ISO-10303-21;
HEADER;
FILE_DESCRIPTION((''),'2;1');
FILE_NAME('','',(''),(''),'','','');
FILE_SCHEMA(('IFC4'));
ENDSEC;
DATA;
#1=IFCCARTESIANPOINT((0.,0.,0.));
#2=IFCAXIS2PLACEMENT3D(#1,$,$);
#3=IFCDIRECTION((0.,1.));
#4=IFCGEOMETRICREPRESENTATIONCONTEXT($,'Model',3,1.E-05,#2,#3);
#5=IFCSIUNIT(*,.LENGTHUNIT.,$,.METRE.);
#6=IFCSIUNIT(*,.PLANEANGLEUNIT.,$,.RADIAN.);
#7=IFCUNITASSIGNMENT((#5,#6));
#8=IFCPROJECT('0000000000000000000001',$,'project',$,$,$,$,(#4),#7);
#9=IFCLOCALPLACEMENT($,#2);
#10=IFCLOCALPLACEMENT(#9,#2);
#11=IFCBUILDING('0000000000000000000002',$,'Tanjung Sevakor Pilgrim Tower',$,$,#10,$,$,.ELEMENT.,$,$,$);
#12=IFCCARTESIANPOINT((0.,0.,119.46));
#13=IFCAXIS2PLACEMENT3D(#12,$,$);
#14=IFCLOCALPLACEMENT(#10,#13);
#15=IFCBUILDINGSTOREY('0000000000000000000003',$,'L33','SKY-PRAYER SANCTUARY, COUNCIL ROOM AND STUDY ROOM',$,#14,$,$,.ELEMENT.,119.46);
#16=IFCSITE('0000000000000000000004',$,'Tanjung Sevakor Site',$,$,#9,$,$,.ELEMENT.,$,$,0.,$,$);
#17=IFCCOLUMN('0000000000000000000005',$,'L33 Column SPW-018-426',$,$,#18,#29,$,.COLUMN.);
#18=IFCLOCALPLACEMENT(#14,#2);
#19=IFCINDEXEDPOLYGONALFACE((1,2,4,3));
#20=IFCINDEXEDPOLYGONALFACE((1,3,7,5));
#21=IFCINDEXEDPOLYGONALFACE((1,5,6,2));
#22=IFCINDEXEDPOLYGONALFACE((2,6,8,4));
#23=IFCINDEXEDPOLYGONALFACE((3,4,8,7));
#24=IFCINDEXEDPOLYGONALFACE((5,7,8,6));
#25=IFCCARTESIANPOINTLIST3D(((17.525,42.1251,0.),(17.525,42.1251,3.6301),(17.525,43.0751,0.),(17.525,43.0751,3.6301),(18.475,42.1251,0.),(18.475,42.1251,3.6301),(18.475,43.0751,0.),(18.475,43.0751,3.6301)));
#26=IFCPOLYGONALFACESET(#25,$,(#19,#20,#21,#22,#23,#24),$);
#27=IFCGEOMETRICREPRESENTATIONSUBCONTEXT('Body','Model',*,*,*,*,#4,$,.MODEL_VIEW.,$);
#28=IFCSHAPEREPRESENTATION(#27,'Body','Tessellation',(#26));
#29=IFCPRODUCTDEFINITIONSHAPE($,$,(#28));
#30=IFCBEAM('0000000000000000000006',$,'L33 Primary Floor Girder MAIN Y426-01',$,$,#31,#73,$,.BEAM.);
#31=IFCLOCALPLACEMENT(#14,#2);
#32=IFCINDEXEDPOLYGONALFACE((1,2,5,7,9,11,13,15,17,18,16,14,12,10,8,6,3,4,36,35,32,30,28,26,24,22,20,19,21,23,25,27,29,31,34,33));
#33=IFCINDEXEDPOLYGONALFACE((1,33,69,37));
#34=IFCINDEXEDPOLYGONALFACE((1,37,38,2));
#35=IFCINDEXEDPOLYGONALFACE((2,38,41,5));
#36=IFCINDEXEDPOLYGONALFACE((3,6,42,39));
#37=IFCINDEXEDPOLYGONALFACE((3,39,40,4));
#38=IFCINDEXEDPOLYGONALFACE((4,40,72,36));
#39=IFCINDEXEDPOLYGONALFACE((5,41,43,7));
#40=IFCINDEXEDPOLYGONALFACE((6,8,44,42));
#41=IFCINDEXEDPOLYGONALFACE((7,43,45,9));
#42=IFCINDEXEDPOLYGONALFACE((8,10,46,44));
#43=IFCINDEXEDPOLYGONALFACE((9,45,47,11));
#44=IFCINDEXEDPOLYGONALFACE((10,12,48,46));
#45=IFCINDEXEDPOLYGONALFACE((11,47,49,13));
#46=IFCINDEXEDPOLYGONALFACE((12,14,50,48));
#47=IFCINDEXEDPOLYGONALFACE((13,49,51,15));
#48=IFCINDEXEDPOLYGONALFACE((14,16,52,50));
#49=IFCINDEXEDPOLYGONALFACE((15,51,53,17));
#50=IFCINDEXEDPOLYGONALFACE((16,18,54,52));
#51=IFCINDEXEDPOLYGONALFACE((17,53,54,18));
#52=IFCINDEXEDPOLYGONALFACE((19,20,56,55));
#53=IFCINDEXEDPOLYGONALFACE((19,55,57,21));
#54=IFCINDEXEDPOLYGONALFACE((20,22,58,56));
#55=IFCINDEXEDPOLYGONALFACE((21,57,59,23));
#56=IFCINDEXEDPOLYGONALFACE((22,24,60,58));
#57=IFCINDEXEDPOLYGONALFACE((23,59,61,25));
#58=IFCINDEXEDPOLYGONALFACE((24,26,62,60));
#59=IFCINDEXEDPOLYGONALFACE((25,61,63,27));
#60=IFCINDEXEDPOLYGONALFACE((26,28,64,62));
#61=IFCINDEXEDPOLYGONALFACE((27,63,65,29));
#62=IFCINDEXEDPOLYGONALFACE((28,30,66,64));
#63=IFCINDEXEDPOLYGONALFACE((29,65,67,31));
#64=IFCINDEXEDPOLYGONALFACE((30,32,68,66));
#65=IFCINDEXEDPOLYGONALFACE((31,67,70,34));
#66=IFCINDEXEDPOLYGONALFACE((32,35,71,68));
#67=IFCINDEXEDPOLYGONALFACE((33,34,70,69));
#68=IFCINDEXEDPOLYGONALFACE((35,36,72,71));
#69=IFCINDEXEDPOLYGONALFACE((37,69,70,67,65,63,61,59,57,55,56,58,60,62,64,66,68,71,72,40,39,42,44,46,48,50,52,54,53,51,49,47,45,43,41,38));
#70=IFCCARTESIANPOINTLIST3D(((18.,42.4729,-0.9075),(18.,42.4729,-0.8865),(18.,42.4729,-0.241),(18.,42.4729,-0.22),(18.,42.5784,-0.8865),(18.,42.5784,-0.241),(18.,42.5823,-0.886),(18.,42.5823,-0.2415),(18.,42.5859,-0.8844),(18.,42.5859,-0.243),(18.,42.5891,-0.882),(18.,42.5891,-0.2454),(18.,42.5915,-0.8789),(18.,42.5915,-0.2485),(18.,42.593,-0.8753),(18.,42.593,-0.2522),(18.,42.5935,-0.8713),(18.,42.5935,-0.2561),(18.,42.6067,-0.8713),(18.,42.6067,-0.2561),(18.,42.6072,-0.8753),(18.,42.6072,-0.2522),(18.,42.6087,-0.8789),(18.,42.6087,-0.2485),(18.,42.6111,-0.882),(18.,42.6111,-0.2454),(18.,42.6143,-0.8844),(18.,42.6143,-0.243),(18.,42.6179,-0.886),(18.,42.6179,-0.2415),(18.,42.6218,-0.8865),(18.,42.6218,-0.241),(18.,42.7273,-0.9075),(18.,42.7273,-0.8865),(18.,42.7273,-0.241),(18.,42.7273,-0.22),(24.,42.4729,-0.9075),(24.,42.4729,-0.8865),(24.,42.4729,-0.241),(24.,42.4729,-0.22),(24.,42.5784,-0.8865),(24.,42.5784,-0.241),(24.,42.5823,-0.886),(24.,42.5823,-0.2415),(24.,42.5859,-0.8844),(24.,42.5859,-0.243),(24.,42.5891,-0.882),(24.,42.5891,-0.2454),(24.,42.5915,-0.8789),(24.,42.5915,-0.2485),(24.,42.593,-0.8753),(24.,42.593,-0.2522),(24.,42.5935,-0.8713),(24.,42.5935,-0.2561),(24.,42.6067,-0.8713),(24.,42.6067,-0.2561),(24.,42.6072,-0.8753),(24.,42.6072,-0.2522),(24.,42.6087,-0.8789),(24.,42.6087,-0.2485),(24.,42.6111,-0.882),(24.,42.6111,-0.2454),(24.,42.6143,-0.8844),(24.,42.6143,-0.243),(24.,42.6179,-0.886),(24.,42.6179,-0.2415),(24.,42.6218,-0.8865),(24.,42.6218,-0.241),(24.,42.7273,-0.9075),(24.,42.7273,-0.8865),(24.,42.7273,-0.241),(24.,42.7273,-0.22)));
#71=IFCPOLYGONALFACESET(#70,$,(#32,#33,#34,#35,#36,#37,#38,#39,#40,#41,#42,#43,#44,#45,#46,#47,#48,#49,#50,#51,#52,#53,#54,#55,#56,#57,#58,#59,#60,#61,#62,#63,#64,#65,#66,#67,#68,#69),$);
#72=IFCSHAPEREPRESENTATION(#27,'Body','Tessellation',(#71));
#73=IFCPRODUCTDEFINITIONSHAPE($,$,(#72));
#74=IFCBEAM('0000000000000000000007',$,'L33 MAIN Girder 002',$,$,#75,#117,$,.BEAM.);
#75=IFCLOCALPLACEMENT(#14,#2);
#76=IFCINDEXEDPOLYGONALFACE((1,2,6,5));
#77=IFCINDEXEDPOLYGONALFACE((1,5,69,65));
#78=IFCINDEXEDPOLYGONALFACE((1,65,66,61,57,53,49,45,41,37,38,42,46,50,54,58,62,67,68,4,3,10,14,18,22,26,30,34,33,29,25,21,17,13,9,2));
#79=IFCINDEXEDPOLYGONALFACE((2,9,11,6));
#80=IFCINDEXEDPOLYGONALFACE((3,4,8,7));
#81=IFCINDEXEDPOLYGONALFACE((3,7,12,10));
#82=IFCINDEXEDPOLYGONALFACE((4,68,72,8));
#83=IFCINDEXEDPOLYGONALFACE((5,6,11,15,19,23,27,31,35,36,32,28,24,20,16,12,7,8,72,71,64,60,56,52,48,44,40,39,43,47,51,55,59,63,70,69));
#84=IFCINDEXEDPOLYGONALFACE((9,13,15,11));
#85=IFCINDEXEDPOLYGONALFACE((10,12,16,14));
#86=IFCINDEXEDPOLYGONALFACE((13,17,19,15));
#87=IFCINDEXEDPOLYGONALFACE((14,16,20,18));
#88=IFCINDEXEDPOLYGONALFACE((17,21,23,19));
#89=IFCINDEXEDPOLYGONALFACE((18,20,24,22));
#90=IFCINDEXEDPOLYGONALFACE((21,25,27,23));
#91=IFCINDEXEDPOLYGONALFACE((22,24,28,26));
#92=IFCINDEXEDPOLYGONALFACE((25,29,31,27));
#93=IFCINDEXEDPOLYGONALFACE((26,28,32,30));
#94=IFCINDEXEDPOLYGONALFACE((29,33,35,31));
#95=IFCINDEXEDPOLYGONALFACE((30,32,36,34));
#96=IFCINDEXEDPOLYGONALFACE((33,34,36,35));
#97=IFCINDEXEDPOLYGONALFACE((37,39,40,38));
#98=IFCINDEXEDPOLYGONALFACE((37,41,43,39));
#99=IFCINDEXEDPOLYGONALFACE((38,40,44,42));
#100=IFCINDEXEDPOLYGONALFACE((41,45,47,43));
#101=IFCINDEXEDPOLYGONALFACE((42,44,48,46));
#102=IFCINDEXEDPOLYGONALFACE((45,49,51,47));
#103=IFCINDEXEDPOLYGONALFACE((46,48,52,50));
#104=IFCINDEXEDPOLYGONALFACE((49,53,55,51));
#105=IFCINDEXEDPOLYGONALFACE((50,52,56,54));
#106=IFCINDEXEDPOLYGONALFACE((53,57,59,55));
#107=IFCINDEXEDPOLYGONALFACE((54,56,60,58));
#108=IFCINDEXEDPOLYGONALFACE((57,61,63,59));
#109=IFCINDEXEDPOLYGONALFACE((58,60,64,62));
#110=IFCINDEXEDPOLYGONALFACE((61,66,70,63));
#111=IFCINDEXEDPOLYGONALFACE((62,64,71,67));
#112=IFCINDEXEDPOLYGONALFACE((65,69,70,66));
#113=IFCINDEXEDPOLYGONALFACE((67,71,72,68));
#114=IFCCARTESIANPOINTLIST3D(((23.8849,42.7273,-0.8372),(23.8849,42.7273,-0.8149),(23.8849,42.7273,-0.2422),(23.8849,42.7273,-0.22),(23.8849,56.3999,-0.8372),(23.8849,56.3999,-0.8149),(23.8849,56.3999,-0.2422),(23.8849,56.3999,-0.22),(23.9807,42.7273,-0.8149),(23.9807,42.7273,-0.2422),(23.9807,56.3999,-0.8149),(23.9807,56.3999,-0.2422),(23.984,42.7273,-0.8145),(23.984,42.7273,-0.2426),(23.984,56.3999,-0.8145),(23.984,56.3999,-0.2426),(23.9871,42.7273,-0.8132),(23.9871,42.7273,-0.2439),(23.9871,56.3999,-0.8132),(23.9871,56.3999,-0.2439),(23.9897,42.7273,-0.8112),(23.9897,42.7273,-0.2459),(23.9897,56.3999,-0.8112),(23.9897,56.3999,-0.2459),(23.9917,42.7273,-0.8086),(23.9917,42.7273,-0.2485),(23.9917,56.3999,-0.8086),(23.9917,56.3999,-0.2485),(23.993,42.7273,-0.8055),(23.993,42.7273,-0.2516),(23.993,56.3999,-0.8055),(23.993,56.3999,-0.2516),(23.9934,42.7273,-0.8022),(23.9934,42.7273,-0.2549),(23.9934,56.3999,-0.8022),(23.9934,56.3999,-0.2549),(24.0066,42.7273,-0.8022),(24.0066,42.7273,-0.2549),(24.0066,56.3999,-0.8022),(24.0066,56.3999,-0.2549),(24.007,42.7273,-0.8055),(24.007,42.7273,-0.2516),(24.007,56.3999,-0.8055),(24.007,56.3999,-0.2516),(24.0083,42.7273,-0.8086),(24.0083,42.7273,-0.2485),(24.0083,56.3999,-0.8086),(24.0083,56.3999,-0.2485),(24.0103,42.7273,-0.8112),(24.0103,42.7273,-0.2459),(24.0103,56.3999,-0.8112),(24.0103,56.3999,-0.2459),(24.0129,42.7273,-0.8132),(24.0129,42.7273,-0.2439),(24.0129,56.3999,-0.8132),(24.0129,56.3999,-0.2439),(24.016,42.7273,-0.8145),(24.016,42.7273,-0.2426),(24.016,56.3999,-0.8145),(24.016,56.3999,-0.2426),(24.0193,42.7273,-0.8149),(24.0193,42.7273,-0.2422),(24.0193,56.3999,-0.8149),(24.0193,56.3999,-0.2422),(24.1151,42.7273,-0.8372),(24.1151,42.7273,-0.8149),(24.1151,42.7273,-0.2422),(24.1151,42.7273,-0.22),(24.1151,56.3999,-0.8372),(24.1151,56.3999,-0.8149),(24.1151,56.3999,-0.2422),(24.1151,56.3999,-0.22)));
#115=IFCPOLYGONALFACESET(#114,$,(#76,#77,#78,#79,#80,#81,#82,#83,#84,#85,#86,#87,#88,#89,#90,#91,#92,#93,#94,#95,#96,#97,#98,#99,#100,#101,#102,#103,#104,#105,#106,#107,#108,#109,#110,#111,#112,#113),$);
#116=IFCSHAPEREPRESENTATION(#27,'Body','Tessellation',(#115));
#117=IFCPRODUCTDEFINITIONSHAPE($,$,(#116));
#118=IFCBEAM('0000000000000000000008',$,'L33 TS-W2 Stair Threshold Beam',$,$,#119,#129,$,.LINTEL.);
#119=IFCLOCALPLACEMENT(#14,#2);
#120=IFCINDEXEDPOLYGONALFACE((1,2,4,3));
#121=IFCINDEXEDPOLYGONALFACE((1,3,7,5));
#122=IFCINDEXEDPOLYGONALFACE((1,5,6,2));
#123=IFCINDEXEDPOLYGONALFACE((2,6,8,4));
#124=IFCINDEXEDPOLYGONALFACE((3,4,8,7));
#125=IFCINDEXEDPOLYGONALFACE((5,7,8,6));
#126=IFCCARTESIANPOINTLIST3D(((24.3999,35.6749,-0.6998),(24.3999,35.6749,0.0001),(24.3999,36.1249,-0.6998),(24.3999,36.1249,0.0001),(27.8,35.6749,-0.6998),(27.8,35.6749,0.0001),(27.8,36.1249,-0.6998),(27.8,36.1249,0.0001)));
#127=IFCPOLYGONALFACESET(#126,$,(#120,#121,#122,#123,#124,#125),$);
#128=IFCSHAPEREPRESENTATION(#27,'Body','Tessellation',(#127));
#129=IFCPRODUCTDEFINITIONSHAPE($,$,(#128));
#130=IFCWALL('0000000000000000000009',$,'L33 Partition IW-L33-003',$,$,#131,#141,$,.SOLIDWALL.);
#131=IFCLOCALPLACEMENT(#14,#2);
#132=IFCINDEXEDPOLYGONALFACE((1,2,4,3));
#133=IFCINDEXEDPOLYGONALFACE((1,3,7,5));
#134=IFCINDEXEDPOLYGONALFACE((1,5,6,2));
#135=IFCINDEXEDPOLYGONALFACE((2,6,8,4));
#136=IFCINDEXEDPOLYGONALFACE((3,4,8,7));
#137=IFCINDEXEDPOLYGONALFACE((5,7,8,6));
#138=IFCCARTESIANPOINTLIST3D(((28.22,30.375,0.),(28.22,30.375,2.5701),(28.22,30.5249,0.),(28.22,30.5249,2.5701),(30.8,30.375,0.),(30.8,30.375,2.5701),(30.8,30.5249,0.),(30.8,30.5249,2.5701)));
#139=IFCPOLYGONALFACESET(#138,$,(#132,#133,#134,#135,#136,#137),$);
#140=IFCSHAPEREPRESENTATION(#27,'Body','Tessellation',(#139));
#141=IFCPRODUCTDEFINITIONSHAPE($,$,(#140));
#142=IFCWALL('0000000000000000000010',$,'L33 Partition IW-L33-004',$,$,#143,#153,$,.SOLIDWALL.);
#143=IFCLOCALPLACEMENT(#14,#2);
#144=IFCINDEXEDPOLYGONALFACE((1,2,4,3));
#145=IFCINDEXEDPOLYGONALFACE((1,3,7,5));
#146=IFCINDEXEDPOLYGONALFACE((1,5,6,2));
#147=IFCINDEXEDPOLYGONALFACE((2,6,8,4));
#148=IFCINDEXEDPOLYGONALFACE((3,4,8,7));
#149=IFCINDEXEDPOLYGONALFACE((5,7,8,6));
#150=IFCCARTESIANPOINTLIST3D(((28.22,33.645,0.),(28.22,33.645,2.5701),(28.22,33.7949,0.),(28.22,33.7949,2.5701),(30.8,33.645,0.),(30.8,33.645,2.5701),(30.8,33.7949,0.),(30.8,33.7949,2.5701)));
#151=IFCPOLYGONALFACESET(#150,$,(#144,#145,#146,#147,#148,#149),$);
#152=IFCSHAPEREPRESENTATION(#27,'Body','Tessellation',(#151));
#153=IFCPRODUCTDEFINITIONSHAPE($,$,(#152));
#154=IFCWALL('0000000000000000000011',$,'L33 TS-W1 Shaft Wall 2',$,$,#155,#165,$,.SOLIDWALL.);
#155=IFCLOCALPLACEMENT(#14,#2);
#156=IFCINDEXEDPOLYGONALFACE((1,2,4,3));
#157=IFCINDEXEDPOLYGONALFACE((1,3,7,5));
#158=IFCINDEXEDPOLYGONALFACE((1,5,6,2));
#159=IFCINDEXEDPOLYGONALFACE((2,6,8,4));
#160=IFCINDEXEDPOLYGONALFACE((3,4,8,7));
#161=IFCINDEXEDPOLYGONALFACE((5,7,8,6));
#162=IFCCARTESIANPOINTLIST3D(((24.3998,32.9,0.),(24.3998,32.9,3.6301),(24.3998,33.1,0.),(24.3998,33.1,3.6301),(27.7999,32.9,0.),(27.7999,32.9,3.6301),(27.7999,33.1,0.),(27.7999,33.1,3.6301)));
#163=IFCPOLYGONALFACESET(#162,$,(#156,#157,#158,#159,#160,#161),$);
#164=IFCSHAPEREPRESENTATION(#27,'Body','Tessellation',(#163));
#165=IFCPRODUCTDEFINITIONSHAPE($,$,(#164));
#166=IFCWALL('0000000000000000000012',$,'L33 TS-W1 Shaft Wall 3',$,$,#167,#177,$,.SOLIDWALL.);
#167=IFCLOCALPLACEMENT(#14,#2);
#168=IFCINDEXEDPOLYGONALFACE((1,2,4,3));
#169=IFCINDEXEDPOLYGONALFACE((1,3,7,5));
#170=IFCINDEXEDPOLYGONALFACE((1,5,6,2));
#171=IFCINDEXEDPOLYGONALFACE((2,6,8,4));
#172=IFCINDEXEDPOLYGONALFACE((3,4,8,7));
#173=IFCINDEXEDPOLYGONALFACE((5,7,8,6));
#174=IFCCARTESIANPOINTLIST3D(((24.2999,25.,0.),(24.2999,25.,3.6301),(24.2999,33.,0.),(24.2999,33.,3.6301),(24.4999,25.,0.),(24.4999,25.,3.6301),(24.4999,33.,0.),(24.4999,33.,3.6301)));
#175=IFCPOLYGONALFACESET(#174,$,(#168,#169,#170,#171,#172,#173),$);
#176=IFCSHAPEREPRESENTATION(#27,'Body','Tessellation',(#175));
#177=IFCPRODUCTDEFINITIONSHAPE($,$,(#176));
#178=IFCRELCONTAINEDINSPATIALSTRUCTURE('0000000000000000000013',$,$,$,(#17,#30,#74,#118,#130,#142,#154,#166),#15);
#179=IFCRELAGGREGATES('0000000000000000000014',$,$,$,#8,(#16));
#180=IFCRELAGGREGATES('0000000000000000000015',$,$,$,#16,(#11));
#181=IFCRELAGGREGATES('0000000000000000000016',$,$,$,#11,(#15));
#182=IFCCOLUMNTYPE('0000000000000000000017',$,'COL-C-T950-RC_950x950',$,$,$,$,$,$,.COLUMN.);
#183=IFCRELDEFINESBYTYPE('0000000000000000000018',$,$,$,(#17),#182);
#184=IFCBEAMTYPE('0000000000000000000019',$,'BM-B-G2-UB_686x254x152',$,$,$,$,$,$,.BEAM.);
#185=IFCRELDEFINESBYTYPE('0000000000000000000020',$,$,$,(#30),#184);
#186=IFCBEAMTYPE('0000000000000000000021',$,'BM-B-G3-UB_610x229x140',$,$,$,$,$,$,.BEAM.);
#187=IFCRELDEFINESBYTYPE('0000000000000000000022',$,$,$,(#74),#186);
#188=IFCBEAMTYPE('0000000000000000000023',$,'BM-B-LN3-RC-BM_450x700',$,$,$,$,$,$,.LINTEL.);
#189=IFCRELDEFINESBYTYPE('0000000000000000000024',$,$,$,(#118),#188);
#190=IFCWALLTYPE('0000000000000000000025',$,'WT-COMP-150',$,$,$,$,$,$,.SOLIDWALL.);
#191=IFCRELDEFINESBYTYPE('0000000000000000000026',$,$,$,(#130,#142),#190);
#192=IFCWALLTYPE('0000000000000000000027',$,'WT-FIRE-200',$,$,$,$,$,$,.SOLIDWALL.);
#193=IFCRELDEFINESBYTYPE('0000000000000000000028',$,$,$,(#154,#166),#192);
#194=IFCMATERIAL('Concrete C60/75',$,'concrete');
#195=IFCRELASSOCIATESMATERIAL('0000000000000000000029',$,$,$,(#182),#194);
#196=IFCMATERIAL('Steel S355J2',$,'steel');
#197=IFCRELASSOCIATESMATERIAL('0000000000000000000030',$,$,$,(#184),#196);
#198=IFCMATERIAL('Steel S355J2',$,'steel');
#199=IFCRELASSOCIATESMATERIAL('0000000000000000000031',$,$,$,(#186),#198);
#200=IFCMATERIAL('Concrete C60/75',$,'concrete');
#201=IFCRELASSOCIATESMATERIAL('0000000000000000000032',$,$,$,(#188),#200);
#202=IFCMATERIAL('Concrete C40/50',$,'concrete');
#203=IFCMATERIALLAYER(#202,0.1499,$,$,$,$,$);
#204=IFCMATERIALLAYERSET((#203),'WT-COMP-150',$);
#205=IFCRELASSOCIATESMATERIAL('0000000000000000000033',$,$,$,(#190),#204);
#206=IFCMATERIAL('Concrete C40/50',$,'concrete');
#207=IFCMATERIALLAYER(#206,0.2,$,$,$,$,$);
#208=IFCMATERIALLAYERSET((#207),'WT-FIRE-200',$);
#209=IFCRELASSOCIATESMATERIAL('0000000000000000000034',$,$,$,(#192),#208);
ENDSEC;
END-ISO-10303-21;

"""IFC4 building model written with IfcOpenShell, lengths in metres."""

from ifc_helpers import new_model, si_unit, direction, frame, frame_2d, origin, origin_2d, place, context, subcontext, project, spatial, rectangle, i_section, extrude, material, layer, layer_set, material_profile, profile_set, type_object, element, save


model = new_model("IFC4")

# Units and contexts
model_context = context("Model", 3, precision=1e-05, world=origin(), true_north=direction((0.0, 1.0)))
body_context = subcontext(model_context, "Body", "Model", "MODEL_VIEW")
ifc_project = project(units=[si_unit("LENGTHUNIT", "METRE"), si_unit("PLANEANGLEUNIT", "RADIAN")], contexts=[model_context])

# Site, building, storey
site_placement = place(None, origin())
site = spatial("IfcSite", under=ifc_project, at=site_placement, Name="Tanjung Sevakor Site", CompositionType="ELEMENT", RefElevation=0.0)
building_placement = place(site_placement, origin())
building = spatial("IfcBuilding", under=site, at=building_placement, Name="Tanjung Sevakor Pilgrim Tower", CompositionType="ELEMENT")
storey_placement = place(building_placement, frame((0.0, 0.0, 119.46)))
storey = spatial("IfcBuildingStorey", under=building, at=storey_placement, Name="L33", Description="SKY-PRAYER SANCTUARY, COUNCIL ROOM AND STUDY ROOM", CompositionType="ELEMENT", Elevation=119.46)

# Column
ifc_material_1 = material(Name="Concrete C60/75", Category="concrete")
ifc_material_profile_1 = material_profile(ifc_material_1, rectangle(XDim=0.95, YDim=0.95, at=origin_2d()))
ifc_profile_set_1 = profile_set([ifc_material_profile_1], Name="Concrete C60/75")
column_type = type_object("IfcColumnType", Name="COL-C-T950-RC_950x950", PredefinedType="COLUMN", material=ifc_profile_set_1)
column_placement = place(storey_placement, frame((18.0, 42.6001, 0.0), z_axis=(0.0, 0.0, 1.0), x_axis=(1.0, 0.0, 0.0)))
element("IfcColumn", 1, at=column_placement, inside=storey, type_object=column_type, Name="L33 Column SPW-018-426", PredefinedType="COLUMN", context=body_context, shape_type="SweptSolid", body=[
    extrude(rectangle(XDim=0.95, YDim=0.95, at=origin_2d()), origin(), (0.0, 0.0, 1.0), 3.6301),
])

# Beams
ifc_material_2 = material(Name="Steel S355J2", Category="steel")
ifc_material_profile_2 = material_profile(ifc_material_2, i_section(OverallWidth=0.2544, OverallDepth=0.6875, WebThickness=0.0132, FlangeThickness=0.021, FilletRadius=0.0151, at=origin_2d()))
ifc_profile_set_2 = profile_set([ifc_material_profile_2], Name="Steel S355J2")
beam_type_1 = type_object("IfcBeamType", Name="BM-B-G2-UB_686x254x152", PredefinedType="BEAM", material=ifc_profile_set_2)
beam_1_placement = place(storey_placement, frame((18.0, 42.6001, -0.5637), z_axis=(1.0, 0.0, 0.0), x_axis=(0.0, 1.0, 0.0)))
element("IfcBeam", 2, at=beam_1_placement, inside=storey, type_object=beam_type_1, Name="L33 Primary Floor Girder MAIN Y426-01", PredefinedType="BEAM", context=body_context, shape_type="SweptSolid", body=[
    extrude(i_section(OverallWidth=0.2544, OverallDepth=0.6875, WebThickness=0.0132, FlangeThickness=0.021, FilletRadius=0.0151, at=origin_2d()), origin(), (0.0, 0.0, 1.0), 6.0),
])
ifc_material_3 = material(Name="Steel S355J2", Category="steel")
ifc_material_profile_3 = material_profile(ifc_material_3, i_section(OverallWidth=0.2302, OverallDepth=0.6172, WebThickness=0.0132, FlangeThickness=0.0222, FilletRadius=0.0127, at=origin_2d()))
ifc_profile_set_3 = profile_set([ifc_material_profile_3], Name="Steel S355J2")
beam_type_2 = type_object("IfcBeamType", Name="BM-B-G3-UB_610x229x140", PredefinedType="BEAM", material=ifc_profile_set_3)
beam_2_placement = place(storey_placement, frame((24.0, 42.7273, -0.5286), z_axis=(0.0, 1.0, 0.0), x_axis=(-1.0, 0.0, 0.0)))
element("IfcBeam", 3, at=beam_2_placement, inside=storey, type_object=beam_type_2, Name="L33 MAIN Girder 002", PredefinedType="BEAM", context=body_context, shape_type="SweptSolid", body=[
    extrude(i_section(OverallWidth=0.2302, OverallDepth=0.6172, WebThickness=0.0132, FlangeThickness=0.0222, FilletRadius=0.0127, at=origin_2d()), origin(), (0.0, 0.0, 1.0), 13.6726),
])
ifc_material_4 = material(Name="Concrete C60/75", Category="concrete")
ifc_material_profile_4 = material_profile(ifc_material_4, rectangle(XDim=0.45, YDim=0.7, at=origin_2d()))
ifc_profile_set_4 = profile_set([ifc_material_profile_4], Name="Concrete C60/75")
beam_type_3 = type_object("IfcBeamType", Name="BM-B-LN3-RC-BM_450x700", PredefinedType="LINTEL", material=ifc_profile_set_4)
beam_3_placement = place(storey_placement, frame((24.3999, 35.8999, -0.3499), z_axis=(1.0, 0.0, 0.0), x_axis=(0.0, 1.0, 0.0)))
element("IfcBeam", 4, at=beam_3_placement, inside=storey, type_object=beam_type_3, Name="L33 TS-W2 Stair Threshold Beam", PredefinedType="LINTEL", context=body_context, shape_type="SweptSolid", body=[
    extrude(rectangle(XDim=0.45, YDim=0.7, at=origin_2d()), origin(), (0.0, 0.0, 1.0), 3.4001),
])

# Walls
ifc_material_5 = material(Name="Concrete C40/50", Category="concrete")
ifc_layer_1 = layer(ifc_material_5, 0.1499)
ifc_layer_set_1 = layer_set([ifc_layer_1], Name="WT-COMP-150")
wall_type_1 = type_object("IfcWallType", Name="WT-COMP-150", PredefinedType="SOLIDWALL", material=ifc_layer_set_1)
for number, where, z_axis, x_axis, name in (
    (5, (28.22, 30.45, 0.0), (0.0, 0.0, 1.0), (1.0, 0.0, 0.0), "L33 Partition IW-L33-003"),
    (6, (28.22, 33.72, 0.0), (0.0, 0.0, 1.0), (1.0, 0.0, 0.0), "L33 Partition IW-L33-004"),
):
    element("IfcWall", number, at=place(storey_placement, frame(where, z_axis=z_axis, x_axis=x_axis)), inside=storey, type_object=wall_type_1, Name=name, PredefinedType="SOLIDWALL", context=body_context, shape_type="SweptSolid", body=[
        extrude(rectangle(XDim=2.5801, YDim=0.1499, at=frame_2d((1.29, 0.0))), origin(), (0.0, 0.0, 1.0), 2.5701),
    ])
ifc_material_6 = material(Name="Concrete C40/50", Category="concrete")
ifc_layer_2 = layer(ifc_material_6, 0.2)
ifc_layer_set_2 = layer_set([ifc_layer_2], Name="WT-FIRE-200")
wall_type_2 = type_object("IfcWallType", Name="WT-FIRE-200", PredefinedType="SOLIDWALL", material=ifc_layer_set_2)
wall_1_placement = place(storey_placement, frame((27.8, 33.0, 0.0), z_axis=(0.0, 0.0, 1.0), x_axis=(-1.0, 0.0, 0.0)))
element("IfcWall", 7, at=wall_1_placement, inside=storey, type_object=wall_type_2, Name="L33 TS-W1 Shaft Wall 2", PredefinedType="SOLIDWALL", context=body_context, shape_type="SweptSolid", body=[
    extrude(rectangle(XDim=3.4001, YDim=0.2, at=frame_2d((1.7002, 0.0))), origin(), (0.0, 0.0, 1.0), 3.6301),
])
wall_2_placement = place(storey_placement, frame((24.3999, 33.0, 0.0), z_axis=(0.0, 0.0, 1.0), x_axis=(0.0, -1.0, 0.0)))
element("IfcWall", 8, at=wall_2_placement, inside=storey, type_object=wall_type_2, Name="L33 TS-W1 Shaft Wall 3", PredefinedType="SOLIDWALL", context=body_context, shape_type="SweptSolid", body=[
    extrude(rectangle(XDim=8.0, YDim=0.2, at=frame_2d((4.0, 0.0))), origin(), (0.0, 0.0, 1.0), 3.6301),
])

save(model, "model.ifc")
